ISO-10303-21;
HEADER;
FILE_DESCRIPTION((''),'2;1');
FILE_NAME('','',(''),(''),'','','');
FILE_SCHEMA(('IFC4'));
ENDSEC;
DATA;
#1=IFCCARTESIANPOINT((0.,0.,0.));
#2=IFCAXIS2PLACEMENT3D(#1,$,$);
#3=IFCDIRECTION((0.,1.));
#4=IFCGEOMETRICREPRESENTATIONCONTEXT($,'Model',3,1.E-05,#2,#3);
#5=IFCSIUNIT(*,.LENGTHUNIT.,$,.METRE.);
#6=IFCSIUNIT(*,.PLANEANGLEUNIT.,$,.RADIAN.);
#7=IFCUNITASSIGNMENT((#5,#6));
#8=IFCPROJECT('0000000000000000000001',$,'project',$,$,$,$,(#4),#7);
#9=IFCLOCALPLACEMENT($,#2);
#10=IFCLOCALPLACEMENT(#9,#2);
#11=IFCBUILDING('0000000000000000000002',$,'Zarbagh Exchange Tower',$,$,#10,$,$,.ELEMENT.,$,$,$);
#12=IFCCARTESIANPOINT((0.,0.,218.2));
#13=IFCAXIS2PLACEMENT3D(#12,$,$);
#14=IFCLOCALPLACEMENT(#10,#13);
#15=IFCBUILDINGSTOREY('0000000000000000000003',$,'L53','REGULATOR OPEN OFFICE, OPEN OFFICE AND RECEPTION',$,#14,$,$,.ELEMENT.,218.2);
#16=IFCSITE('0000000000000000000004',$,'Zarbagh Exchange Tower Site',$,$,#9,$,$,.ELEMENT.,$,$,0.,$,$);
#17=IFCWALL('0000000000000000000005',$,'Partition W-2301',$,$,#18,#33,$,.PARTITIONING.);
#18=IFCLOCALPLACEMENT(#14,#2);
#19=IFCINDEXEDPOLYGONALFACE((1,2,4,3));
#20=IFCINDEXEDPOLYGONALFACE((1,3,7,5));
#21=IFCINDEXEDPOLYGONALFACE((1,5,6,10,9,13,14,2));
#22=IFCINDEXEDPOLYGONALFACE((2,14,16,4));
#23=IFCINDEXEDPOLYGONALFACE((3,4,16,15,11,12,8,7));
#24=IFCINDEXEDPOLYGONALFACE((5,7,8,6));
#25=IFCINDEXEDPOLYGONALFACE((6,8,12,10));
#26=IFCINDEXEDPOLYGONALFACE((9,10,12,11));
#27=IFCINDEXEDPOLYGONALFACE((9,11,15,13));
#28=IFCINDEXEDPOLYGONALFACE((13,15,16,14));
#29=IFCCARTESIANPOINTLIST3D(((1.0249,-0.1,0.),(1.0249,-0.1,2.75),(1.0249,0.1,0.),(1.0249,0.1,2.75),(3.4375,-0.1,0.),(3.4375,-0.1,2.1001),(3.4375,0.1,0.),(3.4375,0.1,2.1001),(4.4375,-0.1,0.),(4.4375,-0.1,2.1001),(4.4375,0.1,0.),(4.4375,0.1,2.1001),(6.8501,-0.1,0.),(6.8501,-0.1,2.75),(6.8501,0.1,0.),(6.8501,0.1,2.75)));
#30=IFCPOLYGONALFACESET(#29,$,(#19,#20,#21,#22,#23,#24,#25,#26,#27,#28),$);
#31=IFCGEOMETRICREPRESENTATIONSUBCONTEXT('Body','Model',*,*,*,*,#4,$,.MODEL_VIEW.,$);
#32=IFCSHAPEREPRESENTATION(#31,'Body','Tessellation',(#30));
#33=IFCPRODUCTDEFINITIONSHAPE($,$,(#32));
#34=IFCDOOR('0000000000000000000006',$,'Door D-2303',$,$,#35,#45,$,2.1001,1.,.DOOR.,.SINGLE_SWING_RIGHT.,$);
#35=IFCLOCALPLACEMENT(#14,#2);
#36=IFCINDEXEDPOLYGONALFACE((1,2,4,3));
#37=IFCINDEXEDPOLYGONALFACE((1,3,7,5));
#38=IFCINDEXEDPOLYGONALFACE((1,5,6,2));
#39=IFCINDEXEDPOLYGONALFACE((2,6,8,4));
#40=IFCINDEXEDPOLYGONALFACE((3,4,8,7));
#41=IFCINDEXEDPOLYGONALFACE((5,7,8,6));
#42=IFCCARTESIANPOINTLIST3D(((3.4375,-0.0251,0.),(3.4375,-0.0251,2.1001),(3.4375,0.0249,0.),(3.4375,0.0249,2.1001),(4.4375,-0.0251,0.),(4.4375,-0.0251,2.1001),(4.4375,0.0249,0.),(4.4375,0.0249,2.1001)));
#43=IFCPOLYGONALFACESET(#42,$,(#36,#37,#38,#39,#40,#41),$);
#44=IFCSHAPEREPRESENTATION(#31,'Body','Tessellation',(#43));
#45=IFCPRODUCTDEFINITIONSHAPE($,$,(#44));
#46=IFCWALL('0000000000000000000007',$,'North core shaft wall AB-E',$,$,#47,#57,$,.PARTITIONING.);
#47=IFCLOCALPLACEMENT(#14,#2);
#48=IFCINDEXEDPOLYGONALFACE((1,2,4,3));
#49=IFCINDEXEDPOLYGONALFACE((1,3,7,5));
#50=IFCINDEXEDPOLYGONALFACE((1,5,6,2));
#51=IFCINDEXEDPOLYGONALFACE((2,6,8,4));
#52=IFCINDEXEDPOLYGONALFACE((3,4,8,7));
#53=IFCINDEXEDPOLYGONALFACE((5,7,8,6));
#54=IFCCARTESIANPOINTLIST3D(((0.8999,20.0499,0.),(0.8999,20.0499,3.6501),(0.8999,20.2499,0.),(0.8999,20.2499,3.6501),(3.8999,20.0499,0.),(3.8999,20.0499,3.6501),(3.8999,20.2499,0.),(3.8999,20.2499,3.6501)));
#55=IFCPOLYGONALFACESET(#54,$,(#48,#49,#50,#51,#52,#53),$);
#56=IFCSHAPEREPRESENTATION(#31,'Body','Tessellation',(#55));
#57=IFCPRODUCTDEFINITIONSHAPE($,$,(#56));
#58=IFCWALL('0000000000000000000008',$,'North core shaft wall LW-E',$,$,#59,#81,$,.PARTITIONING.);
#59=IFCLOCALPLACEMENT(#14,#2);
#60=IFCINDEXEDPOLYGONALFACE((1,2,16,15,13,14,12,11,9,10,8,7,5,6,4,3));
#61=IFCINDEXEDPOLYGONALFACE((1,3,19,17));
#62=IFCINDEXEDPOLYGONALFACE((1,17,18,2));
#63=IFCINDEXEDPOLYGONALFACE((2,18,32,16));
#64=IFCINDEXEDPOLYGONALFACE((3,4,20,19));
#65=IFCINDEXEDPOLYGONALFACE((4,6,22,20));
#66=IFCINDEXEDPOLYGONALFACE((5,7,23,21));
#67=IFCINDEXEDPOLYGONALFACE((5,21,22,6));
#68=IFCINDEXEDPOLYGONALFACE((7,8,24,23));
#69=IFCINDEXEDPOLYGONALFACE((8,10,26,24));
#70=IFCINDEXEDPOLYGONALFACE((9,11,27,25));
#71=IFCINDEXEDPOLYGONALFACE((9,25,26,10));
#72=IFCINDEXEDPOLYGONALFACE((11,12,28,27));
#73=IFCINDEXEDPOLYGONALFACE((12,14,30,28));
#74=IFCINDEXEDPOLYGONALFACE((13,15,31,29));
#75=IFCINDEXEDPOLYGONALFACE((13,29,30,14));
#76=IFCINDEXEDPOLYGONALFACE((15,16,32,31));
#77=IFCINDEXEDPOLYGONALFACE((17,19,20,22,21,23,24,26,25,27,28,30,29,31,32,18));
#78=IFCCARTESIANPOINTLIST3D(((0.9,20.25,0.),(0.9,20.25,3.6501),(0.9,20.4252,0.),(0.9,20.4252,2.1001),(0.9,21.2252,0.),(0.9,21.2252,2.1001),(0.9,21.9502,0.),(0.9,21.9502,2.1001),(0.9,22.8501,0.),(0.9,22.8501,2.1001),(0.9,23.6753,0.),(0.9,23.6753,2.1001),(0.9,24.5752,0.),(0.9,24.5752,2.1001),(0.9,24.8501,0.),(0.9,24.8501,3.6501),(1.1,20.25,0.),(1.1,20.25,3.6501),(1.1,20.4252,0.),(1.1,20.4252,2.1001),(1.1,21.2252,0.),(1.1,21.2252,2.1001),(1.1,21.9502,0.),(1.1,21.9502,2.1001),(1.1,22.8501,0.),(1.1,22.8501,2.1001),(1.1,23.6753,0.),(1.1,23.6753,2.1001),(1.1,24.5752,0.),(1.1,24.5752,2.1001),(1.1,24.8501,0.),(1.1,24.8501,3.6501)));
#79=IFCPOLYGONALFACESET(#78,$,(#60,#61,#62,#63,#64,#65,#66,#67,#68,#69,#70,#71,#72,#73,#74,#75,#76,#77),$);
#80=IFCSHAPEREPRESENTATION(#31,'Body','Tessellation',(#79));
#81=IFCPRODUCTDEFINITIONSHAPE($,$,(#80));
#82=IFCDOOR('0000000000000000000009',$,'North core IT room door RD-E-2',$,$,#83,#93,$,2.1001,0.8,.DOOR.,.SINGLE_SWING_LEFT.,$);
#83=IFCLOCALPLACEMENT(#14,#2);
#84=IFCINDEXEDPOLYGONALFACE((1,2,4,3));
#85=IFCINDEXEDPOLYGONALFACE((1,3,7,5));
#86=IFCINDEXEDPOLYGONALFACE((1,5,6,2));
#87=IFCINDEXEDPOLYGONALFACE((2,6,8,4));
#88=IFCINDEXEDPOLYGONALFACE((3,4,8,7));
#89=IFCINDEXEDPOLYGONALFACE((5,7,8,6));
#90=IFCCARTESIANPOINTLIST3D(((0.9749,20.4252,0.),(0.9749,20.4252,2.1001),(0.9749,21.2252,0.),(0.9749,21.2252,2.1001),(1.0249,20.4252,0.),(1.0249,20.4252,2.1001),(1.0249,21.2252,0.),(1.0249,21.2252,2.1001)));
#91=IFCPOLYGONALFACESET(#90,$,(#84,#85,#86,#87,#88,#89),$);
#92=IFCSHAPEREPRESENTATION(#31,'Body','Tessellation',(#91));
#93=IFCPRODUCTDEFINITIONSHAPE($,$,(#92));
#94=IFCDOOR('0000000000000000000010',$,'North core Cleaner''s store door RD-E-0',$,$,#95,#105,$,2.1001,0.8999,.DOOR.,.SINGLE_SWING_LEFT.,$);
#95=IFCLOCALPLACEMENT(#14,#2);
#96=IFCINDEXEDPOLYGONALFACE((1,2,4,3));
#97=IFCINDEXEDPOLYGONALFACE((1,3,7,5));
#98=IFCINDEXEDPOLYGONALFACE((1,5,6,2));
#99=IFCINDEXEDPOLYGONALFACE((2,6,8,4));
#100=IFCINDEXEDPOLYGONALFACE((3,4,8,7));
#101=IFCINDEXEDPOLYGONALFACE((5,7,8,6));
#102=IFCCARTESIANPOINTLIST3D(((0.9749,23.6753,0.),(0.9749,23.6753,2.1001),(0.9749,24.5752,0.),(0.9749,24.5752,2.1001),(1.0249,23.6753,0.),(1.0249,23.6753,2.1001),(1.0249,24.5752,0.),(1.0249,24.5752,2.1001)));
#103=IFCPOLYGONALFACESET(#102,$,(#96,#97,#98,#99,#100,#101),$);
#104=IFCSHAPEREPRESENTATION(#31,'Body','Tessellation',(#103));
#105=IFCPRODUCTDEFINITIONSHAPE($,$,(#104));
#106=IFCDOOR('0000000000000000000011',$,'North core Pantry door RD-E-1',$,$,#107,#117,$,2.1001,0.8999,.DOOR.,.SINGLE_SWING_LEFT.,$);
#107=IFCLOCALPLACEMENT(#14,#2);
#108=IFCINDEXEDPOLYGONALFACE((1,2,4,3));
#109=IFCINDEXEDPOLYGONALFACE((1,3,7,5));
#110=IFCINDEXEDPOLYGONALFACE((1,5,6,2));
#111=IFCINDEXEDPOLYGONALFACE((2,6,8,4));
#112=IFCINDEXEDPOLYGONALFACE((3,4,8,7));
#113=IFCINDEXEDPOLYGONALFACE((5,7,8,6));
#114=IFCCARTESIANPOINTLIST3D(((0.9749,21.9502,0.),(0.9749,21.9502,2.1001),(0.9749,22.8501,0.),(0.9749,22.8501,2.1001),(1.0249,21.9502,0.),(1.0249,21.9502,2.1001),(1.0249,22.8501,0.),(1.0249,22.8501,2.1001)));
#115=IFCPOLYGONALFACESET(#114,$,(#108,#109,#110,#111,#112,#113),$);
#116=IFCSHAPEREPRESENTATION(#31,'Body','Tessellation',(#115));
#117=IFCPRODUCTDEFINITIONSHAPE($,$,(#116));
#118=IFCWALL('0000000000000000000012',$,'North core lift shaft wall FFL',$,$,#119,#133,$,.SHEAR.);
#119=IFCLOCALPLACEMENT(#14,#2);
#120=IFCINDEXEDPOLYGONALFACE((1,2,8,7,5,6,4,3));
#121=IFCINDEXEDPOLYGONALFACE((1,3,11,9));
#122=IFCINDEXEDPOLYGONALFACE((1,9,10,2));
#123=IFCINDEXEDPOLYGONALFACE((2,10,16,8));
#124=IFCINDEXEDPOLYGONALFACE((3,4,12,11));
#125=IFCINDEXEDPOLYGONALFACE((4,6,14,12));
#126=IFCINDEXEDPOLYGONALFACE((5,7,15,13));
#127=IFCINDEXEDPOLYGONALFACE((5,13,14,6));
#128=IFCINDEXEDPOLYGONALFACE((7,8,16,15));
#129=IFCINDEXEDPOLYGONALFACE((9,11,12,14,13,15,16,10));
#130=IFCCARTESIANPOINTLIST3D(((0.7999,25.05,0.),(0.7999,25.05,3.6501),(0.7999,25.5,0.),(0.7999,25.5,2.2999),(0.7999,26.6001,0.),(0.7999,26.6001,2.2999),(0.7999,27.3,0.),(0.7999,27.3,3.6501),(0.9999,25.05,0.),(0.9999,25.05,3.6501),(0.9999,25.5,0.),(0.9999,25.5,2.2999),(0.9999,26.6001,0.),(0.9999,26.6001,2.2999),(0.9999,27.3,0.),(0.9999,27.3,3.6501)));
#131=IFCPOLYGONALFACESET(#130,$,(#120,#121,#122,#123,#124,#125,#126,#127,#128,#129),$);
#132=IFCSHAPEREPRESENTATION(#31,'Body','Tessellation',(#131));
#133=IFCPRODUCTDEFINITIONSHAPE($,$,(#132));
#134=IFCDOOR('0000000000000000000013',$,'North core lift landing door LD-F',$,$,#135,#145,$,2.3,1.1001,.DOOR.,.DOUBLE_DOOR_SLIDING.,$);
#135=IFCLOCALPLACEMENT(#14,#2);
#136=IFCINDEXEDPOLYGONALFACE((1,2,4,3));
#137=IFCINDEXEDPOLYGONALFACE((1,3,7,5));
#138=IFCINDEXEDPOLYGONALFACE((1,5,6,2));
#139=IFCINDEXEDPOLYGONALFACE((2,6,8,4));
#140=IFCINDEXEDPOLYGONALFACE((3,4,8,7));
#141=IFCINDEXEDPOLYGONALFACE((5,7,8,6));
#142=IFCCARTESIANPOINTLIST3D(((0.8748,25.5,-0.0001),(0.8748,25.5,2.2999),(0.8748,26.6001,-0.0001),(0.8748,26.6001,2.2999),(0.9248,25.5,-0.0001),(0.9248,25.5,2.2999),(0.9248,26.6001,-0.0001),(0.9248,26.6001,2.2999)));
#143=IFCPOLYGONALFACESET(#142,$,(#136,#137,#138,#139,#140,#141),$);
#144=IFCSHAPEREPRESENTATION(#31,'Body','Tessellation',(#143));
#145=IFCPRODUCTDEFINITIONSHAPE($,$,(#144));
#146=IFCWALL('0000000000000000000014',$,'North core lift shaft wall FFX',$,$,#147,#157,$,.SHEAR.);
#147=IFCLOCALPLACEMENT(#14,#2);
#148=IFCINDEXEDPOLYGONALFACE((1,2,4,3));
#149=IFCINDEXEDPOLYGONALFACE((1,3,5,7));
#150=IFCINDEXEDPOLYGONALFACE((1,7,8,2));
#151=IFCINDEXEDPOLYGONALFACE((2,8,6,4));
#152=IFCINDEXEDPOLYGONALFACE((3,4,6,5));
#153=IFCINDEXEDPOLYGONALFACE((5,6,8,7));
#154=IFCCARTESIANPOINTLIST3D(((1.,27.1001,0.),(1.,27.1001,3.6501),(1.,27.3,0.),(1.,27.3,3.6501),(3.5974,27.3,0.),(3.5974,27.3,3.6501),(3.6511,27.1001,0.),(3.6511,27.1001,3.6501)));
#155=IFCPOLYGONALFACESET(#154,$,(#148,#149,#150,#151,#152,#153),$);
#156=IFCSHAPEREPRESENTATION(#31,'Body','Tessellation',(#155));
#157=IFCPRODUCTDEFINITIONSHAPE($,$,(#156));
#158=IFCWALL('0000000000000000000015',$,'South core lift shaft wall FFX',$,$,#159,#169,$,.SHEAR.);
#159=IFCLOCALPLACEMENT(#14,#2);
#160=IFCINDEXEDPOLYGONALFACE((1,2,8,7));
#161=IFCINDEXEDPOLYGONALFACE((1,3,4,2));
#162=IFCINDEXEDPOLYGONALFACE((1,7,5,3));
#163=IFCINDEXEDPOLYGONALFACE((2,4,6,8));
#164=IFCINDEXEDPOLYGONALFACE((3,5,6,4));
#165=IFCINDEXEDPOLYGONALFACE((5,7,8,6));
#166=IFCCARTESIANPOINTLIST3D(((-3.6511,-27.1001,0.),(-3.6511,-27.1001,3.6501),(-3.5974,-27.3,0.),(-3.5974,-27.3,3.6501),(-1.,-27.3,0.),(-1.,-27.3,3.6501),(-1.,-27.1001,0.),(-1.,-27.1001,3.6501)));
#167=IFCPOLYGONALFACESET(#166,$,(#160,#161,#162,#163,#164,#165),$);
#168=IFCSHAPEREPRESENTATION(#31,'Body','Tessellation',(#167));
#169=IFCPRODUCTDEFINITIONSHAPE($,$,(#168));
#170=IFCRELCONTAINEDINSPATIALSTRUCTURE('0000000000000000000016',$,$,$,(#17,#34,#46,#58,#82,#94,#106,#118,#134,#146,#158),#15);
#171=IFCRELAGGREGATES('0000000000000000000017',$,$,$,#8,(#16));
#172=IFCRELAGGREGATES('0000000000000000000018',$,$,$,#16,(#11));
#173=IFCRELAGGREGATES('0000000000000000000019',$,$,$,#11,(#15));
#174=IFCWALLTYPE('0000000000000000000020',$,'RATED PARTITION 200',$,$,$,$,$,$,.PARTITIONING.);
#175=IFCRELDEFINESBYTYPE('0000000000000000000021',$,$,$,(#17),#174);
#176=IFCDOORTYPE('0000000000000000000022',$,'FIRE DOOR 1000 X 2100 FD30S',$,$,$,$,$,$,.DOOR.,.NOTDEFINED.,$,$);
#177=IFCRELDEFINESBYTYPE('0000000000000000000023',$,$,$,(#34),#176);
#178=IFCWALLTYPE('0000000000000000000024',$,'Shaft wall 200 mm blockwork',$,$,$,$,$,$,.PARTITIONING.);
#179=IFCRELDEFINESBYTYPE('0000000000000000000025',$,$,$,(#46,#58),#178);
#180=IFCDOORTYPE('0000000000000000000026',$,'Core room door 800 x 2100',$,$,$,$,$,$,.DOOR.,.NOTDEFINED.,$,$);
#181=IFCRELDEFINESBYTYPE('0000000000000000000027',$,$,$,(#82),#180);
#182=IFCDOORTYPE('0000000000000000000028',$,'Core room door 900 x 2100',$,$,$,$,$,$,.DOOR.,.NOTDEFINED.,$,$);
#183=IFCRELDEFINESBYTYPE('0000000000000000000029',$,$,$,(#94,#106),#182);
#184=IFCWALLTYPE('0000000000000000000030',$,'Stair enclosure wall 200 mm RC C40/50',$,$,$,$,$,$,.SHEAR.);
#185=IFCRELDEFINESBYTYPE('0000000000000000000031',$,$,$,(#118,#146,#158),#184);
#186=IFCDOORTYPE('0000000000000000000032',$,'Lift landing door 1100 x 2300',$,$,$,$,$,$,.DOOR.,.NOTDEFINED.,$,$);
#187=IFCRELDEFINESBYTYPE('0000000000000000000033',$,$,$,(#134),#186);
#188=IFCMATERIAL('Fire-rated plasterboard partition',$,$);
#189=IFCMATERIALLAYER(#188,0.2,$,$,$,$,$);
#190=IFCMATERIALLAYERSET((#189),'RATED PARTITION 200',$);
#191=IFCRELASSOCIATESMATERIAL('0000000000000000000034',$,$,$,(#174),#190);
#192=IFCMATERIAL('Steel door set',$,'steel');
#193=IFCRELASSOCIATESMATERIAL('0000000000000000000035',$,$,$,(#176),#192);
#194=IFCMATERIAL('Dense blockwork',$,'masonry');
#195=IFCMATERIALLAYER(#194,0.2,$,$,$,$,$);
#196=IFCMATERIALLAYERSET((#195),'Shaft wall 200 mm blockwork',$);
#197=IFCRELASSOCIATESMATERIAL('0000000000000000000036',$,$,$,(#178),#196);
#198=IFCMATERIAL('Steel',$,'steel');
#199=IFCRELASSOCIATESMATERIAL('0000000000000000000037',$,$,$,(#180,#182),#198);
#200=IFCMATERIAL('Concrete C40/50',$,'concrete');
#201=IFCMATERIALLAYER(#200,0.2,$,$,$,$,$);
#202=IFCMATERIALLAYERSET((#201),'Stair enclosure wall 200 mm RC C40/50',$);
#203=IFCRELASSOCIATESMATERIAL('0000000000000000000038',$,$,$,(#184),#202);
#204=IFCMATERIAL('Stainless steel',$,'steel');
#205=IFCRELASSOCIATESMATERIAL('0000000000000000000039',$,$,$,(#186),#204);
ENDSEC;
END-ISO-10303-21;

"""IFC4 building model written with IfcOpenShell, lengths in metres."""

from ifc_helpers import new_model, si_unit, direction, frame, frame_2d, origin, place, context, subcontext, project, spatial, polyline, rectangle, outline, extrude, material, layer, layer_set, type_object, element, fill, save


model = new_model("IFC4")

# Units and contexts
model_context = context("Model", 3, precision=1e-05, world=origin(), true_north=direction((0.0, 1.0)))
body_context = subcontext(model_context, "Body", "Model", "MODEL_VIEW")
ifc_project = project(units=[si_unit("LENGTHUNIT", "METRE"), si_unit("PLANEANGLEUNIT", "RADIAN")], contexts=[model_context])

# Site, building, storey
site_placement = place(None, origin())
site = spatial("IfcSite", under=ifc_project, at=site_placement, Name="Zarbagh Exchange Tower Site", CompositionType="ELEMENT", RefElevation=0.0)
building_placement = place(site_placement, origin())
building = spatial("IfcBuilding", under=site, at=building_placement, Name="Zarbagh Exchange Tower", CompositionType="ELEMENT")
storey_placement = place(building_placement, frame((0.0, 0.0, 218.2)))
storey = spatial("IfcBuildingStorey", under=building, at=storey_placement, Name="L53", Description="REGULATOR OPEN OFFICE, OPEN OFFICE AND RECEPTION", CompositionType="ELEMENT", Elevation=218.2)

# Shared definitions
ifc_material_1 = material(Name="Concrete C40/50", Category="concrete")

# Wall, opening, door
ifc_material_2 = material(Name="Fire-rated plasterboard partition")
ifc_layer_1 = layer(ifc_material_2, 0.2)
ifc_layer_set_1 = layer_set([ifc_layer_1], Name="RATED PARTITION 200")
wall_type_1 = type_object("IfcWallType", Name="RATED PARTITION 200", PredefinedType="PARTITIONING", material=ifc_layer_set_1)
wall_1_placement = place(storey_placement, frame((1.0249, 0.0, 0.0), z_axis=(0.0, 0.0, 1.0), x_axis=(1.0, 0.0, 0.0)))
wall_1 = element("IfcWall", 1, at=wall_1_placement, inside=storey, type_object=wall_type_1, Name="Partition W-2301", PredefinedType="PARTITIONING", context=body_context, shape_type="SweptSolid", body=[
    extrude(rectangle(XDim=5.8252, YDim=0.2, at=frame_2d((2.9126, 0.0))), origin(), (0.0, 0.0, 1.0), 2.75),
])
opening_1_placement = place(wall_1_placement, frame((2.4126, 0.0, 0.0)))
opening_1 = element("IfcOpeningElement", 2, at=opening_1_placement, cuts=wall_1, PredefinedType="OPENING", context=body_context, shape_type="SweptSolid", body=[
    extrude(rectangle(XDim=1.0, YDim=2.1001, at=frame_2d((0.5, 1.05))), frame((0.0, 0.1099, 0.0), z_axis=(0.0, -1.0, 0.0), x_axis=(1.0, 0.0, 0.0)), (0.0, 0.0, 1.0), 0.22),
])
ifc_material_3 = material(Name="Steel door set", Category="steel")
door_type_1 = type_object("IfcDoorType", Name="FIRE DOOR 1000 X 2100 FD30S", OperationType="NOTDEFINED", PredefinedType="DOOR", material=ifc_material_3)
door_1_placement = place(opening_1_placement, origin())
door_1 = element("IfcDoor", 3, at=door_1_placement, inside=storey, type_object=door_type_1, Name="Door D-2303", OperationType="SINGLE_SWING_RIGHT", OverallHeight=2.1001, OverallWidth=1.0, PredefinedType="DOOR", context=body_context, shape_type="SweptSolid", body=[
    extrude(rectangle(XDim=1.0, YDim=2.1001, at=frame_2d((0.5, 1.05))), frame((0.0, 0.0249, 0.0), z_axis=(0.0, -1.0, 0.0), x_axis=(1.0, 0.0, 0.0)), (0.0, 0.0, 1.0), 0.05),
])
fill(opening_1, door_1)

# Wall
ifc_material_4 = material(Name="Dense blockwork", Category="masonry")
ifc_layer_2 = layer(ifc_material_4, 0.2)
ifc_layer_set_2 = layer_set([ifc_layer_2], Name="Shaft wall 200 mm blockwork")
wall_type_2 = type_object("IfcWallType", Name="Shaft wall 200 mm blockwork", PredefinedType="PARTITIONING", material=ifc_layer_set_2)
wall_2_placement = place(storey_placement, frame((0.8999, 20.1499, 0.0), z_axis=(0.0, 0.0, 1.0), x_axis=(1.0, 0.0, 0.0)))
element("IfcWall", 4, at=wall_2_placement, inside=storey, type_object=wall_type_2, Name="North core shaft wall AB-E", PredefinedType="PARTITIONING", context=body_context, shape_type="SweptSolid", body=[
    extrude(rectangle(XDim=3.0, YDim=0.2, at=frame_2d((1.5, 0.0))), origin(), (0.0, 0.0, 1.0), 3.6501),
])

# Wall, openings, doors
wall_3_placement = place(storey_placement, frame((1.0, 24.8501, 0.0), z_axis=(0.0, 0.0, 1.0), x_axis=(0.0, -1.0, 0.0)))
wall_3 = element("IfcWall", 5, at=wall_3_placement, inside=storey, type_object=wall_type_2, Name="North core shaft wall LW-E", PredefinedType="PARTITIONING", context=body_context, shape_type="SweptSolid", body=[
    extrude(rectangle(XDim=4.6001, YDim=0.2, at=frame_2d((2.3, 0.0))), origin(), (0.0, 0.0, 1.0), 3.6501),
])
opening_2_placement = place(wall_3_placement, frame((0.2749, 0.0, 0.0)))
opening_2 = element("IfcOpeningElement", 6, at=opening_2_placement, cuts=wall_3, PredefinedType="OPENING", context=body_context, shape_type="SweptSolid", body=[
    extrude(rectangle(XDim=0.8999, YDim=2.1001, at=frame_2d((0.45, 1.05))), frame((0.0, 0.1099, 0.0), z_axis=(0.0, -1.0, 0.0), x_axis=(1.0, 0.0, 0.0)), (0.0, 0.0, 1.0), 0.22),
])
opening_3_placement = place(wall_3_placement, frame((2.0, 0.0, 0.0)))
opening_3 = element("IfcOpeningElement", 7, at=opening_3_placement, cuts=wall_3, PredefinedType="OPENING", context=body_context, shape_type="SweptSolid", body=[
    extrude(rectangle(XDim=0.8999, YDim=2.1001, at=frame_2d((0.45, 1.05))), frame((0.0, 0.1099, 0.0), z_axis=(0.0, -1.0, 0.0), x_axis=(1.0, 0.0, 0.0)), (0.0, 0.0, 1.0), 0.22),
])
opening_4_placement = place(wall_3_placement, frame((3.625, 0.0, 0.0)))
opening_4 = element("IfcOpeningElement", 8, at=opening_4_placement, cuts=wall_3, PredefinedType="OPENING", context=body_context, shape_type="SweptSolid", body=[
    extrude(rectangle(XDim=0.8, YDim=2.1001, at=frame_2d((0.3999, 1.05))), frame((0.0, 0.1099, 0.0), z_axis=(0.0, -1.0, 0.0), x_axis=(1.0, 0.0, 0.0)), (0.0, 0.0, 1.0), 0.22),
])
ifc_material_5 = material(Name="Steel", Category="steel")
door_type_2 = type_object("IfcDoorType", Name="Core room door 800 x 2100", OperationType="NOTDEFINED", PredefinedType="DOOR", material=ifc_material_5)
door_2_placement = place(opening_4_placement, origin())
door_2 = element("IfcDoor", 9, at=door_2_placement, inside=storey, type_object=door_type_2, Name="North core IT room door RD-E-2", OperationType="SINGLE_SWING_LEFT", OverallHeight=2.1001, OverallWidth=0.8, PredefinedType="DOOR", context=body_context, shape_type="SweptSolid", body=[
    extrude(rectangle(XDim=0.8, YDim=2.1001, at=frame_2d((0.3999, 1.05))), frame((0.0, 0.0249, 0.0), z_axis=(0.0, -1.0, 0.0), x_axis=(1.0, 0.0, 0.0)), (0.0, 0.0, 1.0), 0.05),
])
fill(opening_4, door_2)
door_type_3 = type_object("IfcDoorType", Name="Core room door 900 x 2100", OperationType="NOTDEFINED", PredefinedType="DOOR", material=ifc_material_5)
door_3_placement = place(opening_2_placement, origin())
door_3 = element("IfcDoor", 10, at=door_3_placement, inside=storey, type_object=door_type_3, Name="North core Cleaner's store door RD-E-0", OperationType="SINGLE_SWING_LEFT", OverallHeight=2.1001, OverallWidth=0.8999, PredefinedType="DOOR", context=body_context, shape_type="SweptSolid", body=[
    extrude(rectangle(XDim=0.8999, YDim=2.1001, at=frame_2d((0.45, 1.05))), frame((0.0, 0.0249, 0.0), z_axis=(0.0, -1.0, 0.0), x_axis=(1.0, 0.0, 0.0)), (0.0, 0.0, 1.0), 0.05),
])
fill(opening_2, door_3)
door_4_placement = place(opening_3_placement, origin())
door_4 = element("IfcDoor", 11, at=door_4_placement, inside=storey, type_object=door_type_3, Name="North core Pantry door RD-E-1", OperationType="SINGLE_SWING_LEFT", OverallHeight=2.1001, OverallWidth=0.8999, PredefinedType="DOOR", context=body_context, shape_type="SweptSolid", body=[
    extrude(rectangle(XDim=0.8999, YDim=2.1001, at=frame_2d((0.45, 1.05))), frame((0.0, 0.0249, 0.0), z_axis=(0.0, -1.0, 0.0), x_axis=(1.0, 0.0, 0.0)), (0.0, 0.0, 1.0), 0.05),
])
fill(opening_3, door_4)

# Wall, opening, door
ifc_layer_3 = layer(ifc_material_1, 0.2)
ifc_layer_set_3 = layer_set([ifc_layer_3], Name="Stair enclosure wall 200 mm RC C40/50")
wall_type_3 = type_object("IfcWallType", Name="Stair enclosure wall 200 mm RC C40/50", PredefinedType="SHEAR", material=ifc_layer_set_3)
wall_4_placement = place(storey_placement, frame((0.8999, 27.3, 0.0), z_axis=(0.0, 0.0, 1.0), x_axis=(0.0, -1.0, 0.0)))
wall_4 = element("IfcWall", 12, at=wall_4_placement, inside=storey, type_object=wall_type_3, Name="North core lift shaft wall FFL", PredefinedType="SHEAR", context=body_context, shape_type="SweptSolid", body=[
    extrude(rectangle(XDim=2.25, YDim=0.2, at=frame_2d((1.125, 0.0))), origin(), (0.0, 0.0, 1.0), 3.6501),
])
opening_5_placement = place(wall_4_placement, frame((0.7, 0.0, 0.0)))
opening_5 = element("IfcOpeningElement", 13, at=opening_5_placement, cuts=wall_4, PredefinedType="OPENING", context=body_context, shape_type="SweptSolid", body=[
    extrude(rectangle(XDim=1.1001, YDim=2.3, at=frame_2d((0.55, 1.1499))), frame((0.0, 0.1099, 0.0), z_axis=(0.0, -1.0, 0.0), x_axis=(1.0, 0.0, 0.0)), (0.0, 0.0, 1.0), 0.22),
])
ifc_material_6 = material(Name="Stainless steel", Category="steel")
door_type_4 = type_object("IfcDoorType", Name="Lift landing door 1100 x 2300", OperationType="NOTDEFINED", PredefinedType="DOOR", material=ifc_material_6)
door_5_placement = place(opening_5_placement, origin())
door_5 = element("IfcDoor", 14, at=door_5_placement, inside=storey, type_object=door_type_4, Name="North core lift landing door LD-F", OperationType="DOUBLE_DOOR_SLIDING", OverallHeight=2.3, OverallWidth=1.1001, PredefinedType="DOOR", context=body_context, shape_type="SweptSolid", body=[
    extrude(rectangle(XDim=1.1001, YDim=2.3, at=frame_2d((0.55, 1.1499))), frame((0.0, 0.0249, 0.0), z_axis=(0.0, -1.0, 0.0), x_axis=(1.0, 0.0, 0.0)), (0.0, 0.0, 1.0), 0.05),
])
fill(opening_5, door_5)

# Walls
wall_5_placement = place(storey_placement, origin())
element("IfcWall", 15, at=wall_5_placement, inside=storey, type_object=wall_type_3, Name="North core lift shaft wall FFX", PredefinedType="SHEAR", context=body_context, shape_type="SweptSolid", body=[
    extrude(outline(polyline([(1.0, 27.1001), (3.6511, 27.1001), (3.5974, 27.3), (1.0, 27.3), (1.0, 27.1001)])), origin(), (0.0, 0.0, 1.0), 3.6501),
])
wall_6_placement = place(storey_placement, origin())
element("IfcWall", 16, at=wall_6_placement, inside=storey, type_object=wall_type_3, Name="South core lift shaft wall FFX", PredefinedType="SHEAR", context=body_context, shape_type="SweptSolid", body=[
    extrude(outline(polyline([(-1.0, -27.1001), (-3.6511, -27.1001), (-3.5974, -27.3), (-1.0, -27.3), (-1.0, -27.1001)])), origin(), (0.0, 0.0, 1.0), 3.6501),
])

save(model, "model.ifc")
